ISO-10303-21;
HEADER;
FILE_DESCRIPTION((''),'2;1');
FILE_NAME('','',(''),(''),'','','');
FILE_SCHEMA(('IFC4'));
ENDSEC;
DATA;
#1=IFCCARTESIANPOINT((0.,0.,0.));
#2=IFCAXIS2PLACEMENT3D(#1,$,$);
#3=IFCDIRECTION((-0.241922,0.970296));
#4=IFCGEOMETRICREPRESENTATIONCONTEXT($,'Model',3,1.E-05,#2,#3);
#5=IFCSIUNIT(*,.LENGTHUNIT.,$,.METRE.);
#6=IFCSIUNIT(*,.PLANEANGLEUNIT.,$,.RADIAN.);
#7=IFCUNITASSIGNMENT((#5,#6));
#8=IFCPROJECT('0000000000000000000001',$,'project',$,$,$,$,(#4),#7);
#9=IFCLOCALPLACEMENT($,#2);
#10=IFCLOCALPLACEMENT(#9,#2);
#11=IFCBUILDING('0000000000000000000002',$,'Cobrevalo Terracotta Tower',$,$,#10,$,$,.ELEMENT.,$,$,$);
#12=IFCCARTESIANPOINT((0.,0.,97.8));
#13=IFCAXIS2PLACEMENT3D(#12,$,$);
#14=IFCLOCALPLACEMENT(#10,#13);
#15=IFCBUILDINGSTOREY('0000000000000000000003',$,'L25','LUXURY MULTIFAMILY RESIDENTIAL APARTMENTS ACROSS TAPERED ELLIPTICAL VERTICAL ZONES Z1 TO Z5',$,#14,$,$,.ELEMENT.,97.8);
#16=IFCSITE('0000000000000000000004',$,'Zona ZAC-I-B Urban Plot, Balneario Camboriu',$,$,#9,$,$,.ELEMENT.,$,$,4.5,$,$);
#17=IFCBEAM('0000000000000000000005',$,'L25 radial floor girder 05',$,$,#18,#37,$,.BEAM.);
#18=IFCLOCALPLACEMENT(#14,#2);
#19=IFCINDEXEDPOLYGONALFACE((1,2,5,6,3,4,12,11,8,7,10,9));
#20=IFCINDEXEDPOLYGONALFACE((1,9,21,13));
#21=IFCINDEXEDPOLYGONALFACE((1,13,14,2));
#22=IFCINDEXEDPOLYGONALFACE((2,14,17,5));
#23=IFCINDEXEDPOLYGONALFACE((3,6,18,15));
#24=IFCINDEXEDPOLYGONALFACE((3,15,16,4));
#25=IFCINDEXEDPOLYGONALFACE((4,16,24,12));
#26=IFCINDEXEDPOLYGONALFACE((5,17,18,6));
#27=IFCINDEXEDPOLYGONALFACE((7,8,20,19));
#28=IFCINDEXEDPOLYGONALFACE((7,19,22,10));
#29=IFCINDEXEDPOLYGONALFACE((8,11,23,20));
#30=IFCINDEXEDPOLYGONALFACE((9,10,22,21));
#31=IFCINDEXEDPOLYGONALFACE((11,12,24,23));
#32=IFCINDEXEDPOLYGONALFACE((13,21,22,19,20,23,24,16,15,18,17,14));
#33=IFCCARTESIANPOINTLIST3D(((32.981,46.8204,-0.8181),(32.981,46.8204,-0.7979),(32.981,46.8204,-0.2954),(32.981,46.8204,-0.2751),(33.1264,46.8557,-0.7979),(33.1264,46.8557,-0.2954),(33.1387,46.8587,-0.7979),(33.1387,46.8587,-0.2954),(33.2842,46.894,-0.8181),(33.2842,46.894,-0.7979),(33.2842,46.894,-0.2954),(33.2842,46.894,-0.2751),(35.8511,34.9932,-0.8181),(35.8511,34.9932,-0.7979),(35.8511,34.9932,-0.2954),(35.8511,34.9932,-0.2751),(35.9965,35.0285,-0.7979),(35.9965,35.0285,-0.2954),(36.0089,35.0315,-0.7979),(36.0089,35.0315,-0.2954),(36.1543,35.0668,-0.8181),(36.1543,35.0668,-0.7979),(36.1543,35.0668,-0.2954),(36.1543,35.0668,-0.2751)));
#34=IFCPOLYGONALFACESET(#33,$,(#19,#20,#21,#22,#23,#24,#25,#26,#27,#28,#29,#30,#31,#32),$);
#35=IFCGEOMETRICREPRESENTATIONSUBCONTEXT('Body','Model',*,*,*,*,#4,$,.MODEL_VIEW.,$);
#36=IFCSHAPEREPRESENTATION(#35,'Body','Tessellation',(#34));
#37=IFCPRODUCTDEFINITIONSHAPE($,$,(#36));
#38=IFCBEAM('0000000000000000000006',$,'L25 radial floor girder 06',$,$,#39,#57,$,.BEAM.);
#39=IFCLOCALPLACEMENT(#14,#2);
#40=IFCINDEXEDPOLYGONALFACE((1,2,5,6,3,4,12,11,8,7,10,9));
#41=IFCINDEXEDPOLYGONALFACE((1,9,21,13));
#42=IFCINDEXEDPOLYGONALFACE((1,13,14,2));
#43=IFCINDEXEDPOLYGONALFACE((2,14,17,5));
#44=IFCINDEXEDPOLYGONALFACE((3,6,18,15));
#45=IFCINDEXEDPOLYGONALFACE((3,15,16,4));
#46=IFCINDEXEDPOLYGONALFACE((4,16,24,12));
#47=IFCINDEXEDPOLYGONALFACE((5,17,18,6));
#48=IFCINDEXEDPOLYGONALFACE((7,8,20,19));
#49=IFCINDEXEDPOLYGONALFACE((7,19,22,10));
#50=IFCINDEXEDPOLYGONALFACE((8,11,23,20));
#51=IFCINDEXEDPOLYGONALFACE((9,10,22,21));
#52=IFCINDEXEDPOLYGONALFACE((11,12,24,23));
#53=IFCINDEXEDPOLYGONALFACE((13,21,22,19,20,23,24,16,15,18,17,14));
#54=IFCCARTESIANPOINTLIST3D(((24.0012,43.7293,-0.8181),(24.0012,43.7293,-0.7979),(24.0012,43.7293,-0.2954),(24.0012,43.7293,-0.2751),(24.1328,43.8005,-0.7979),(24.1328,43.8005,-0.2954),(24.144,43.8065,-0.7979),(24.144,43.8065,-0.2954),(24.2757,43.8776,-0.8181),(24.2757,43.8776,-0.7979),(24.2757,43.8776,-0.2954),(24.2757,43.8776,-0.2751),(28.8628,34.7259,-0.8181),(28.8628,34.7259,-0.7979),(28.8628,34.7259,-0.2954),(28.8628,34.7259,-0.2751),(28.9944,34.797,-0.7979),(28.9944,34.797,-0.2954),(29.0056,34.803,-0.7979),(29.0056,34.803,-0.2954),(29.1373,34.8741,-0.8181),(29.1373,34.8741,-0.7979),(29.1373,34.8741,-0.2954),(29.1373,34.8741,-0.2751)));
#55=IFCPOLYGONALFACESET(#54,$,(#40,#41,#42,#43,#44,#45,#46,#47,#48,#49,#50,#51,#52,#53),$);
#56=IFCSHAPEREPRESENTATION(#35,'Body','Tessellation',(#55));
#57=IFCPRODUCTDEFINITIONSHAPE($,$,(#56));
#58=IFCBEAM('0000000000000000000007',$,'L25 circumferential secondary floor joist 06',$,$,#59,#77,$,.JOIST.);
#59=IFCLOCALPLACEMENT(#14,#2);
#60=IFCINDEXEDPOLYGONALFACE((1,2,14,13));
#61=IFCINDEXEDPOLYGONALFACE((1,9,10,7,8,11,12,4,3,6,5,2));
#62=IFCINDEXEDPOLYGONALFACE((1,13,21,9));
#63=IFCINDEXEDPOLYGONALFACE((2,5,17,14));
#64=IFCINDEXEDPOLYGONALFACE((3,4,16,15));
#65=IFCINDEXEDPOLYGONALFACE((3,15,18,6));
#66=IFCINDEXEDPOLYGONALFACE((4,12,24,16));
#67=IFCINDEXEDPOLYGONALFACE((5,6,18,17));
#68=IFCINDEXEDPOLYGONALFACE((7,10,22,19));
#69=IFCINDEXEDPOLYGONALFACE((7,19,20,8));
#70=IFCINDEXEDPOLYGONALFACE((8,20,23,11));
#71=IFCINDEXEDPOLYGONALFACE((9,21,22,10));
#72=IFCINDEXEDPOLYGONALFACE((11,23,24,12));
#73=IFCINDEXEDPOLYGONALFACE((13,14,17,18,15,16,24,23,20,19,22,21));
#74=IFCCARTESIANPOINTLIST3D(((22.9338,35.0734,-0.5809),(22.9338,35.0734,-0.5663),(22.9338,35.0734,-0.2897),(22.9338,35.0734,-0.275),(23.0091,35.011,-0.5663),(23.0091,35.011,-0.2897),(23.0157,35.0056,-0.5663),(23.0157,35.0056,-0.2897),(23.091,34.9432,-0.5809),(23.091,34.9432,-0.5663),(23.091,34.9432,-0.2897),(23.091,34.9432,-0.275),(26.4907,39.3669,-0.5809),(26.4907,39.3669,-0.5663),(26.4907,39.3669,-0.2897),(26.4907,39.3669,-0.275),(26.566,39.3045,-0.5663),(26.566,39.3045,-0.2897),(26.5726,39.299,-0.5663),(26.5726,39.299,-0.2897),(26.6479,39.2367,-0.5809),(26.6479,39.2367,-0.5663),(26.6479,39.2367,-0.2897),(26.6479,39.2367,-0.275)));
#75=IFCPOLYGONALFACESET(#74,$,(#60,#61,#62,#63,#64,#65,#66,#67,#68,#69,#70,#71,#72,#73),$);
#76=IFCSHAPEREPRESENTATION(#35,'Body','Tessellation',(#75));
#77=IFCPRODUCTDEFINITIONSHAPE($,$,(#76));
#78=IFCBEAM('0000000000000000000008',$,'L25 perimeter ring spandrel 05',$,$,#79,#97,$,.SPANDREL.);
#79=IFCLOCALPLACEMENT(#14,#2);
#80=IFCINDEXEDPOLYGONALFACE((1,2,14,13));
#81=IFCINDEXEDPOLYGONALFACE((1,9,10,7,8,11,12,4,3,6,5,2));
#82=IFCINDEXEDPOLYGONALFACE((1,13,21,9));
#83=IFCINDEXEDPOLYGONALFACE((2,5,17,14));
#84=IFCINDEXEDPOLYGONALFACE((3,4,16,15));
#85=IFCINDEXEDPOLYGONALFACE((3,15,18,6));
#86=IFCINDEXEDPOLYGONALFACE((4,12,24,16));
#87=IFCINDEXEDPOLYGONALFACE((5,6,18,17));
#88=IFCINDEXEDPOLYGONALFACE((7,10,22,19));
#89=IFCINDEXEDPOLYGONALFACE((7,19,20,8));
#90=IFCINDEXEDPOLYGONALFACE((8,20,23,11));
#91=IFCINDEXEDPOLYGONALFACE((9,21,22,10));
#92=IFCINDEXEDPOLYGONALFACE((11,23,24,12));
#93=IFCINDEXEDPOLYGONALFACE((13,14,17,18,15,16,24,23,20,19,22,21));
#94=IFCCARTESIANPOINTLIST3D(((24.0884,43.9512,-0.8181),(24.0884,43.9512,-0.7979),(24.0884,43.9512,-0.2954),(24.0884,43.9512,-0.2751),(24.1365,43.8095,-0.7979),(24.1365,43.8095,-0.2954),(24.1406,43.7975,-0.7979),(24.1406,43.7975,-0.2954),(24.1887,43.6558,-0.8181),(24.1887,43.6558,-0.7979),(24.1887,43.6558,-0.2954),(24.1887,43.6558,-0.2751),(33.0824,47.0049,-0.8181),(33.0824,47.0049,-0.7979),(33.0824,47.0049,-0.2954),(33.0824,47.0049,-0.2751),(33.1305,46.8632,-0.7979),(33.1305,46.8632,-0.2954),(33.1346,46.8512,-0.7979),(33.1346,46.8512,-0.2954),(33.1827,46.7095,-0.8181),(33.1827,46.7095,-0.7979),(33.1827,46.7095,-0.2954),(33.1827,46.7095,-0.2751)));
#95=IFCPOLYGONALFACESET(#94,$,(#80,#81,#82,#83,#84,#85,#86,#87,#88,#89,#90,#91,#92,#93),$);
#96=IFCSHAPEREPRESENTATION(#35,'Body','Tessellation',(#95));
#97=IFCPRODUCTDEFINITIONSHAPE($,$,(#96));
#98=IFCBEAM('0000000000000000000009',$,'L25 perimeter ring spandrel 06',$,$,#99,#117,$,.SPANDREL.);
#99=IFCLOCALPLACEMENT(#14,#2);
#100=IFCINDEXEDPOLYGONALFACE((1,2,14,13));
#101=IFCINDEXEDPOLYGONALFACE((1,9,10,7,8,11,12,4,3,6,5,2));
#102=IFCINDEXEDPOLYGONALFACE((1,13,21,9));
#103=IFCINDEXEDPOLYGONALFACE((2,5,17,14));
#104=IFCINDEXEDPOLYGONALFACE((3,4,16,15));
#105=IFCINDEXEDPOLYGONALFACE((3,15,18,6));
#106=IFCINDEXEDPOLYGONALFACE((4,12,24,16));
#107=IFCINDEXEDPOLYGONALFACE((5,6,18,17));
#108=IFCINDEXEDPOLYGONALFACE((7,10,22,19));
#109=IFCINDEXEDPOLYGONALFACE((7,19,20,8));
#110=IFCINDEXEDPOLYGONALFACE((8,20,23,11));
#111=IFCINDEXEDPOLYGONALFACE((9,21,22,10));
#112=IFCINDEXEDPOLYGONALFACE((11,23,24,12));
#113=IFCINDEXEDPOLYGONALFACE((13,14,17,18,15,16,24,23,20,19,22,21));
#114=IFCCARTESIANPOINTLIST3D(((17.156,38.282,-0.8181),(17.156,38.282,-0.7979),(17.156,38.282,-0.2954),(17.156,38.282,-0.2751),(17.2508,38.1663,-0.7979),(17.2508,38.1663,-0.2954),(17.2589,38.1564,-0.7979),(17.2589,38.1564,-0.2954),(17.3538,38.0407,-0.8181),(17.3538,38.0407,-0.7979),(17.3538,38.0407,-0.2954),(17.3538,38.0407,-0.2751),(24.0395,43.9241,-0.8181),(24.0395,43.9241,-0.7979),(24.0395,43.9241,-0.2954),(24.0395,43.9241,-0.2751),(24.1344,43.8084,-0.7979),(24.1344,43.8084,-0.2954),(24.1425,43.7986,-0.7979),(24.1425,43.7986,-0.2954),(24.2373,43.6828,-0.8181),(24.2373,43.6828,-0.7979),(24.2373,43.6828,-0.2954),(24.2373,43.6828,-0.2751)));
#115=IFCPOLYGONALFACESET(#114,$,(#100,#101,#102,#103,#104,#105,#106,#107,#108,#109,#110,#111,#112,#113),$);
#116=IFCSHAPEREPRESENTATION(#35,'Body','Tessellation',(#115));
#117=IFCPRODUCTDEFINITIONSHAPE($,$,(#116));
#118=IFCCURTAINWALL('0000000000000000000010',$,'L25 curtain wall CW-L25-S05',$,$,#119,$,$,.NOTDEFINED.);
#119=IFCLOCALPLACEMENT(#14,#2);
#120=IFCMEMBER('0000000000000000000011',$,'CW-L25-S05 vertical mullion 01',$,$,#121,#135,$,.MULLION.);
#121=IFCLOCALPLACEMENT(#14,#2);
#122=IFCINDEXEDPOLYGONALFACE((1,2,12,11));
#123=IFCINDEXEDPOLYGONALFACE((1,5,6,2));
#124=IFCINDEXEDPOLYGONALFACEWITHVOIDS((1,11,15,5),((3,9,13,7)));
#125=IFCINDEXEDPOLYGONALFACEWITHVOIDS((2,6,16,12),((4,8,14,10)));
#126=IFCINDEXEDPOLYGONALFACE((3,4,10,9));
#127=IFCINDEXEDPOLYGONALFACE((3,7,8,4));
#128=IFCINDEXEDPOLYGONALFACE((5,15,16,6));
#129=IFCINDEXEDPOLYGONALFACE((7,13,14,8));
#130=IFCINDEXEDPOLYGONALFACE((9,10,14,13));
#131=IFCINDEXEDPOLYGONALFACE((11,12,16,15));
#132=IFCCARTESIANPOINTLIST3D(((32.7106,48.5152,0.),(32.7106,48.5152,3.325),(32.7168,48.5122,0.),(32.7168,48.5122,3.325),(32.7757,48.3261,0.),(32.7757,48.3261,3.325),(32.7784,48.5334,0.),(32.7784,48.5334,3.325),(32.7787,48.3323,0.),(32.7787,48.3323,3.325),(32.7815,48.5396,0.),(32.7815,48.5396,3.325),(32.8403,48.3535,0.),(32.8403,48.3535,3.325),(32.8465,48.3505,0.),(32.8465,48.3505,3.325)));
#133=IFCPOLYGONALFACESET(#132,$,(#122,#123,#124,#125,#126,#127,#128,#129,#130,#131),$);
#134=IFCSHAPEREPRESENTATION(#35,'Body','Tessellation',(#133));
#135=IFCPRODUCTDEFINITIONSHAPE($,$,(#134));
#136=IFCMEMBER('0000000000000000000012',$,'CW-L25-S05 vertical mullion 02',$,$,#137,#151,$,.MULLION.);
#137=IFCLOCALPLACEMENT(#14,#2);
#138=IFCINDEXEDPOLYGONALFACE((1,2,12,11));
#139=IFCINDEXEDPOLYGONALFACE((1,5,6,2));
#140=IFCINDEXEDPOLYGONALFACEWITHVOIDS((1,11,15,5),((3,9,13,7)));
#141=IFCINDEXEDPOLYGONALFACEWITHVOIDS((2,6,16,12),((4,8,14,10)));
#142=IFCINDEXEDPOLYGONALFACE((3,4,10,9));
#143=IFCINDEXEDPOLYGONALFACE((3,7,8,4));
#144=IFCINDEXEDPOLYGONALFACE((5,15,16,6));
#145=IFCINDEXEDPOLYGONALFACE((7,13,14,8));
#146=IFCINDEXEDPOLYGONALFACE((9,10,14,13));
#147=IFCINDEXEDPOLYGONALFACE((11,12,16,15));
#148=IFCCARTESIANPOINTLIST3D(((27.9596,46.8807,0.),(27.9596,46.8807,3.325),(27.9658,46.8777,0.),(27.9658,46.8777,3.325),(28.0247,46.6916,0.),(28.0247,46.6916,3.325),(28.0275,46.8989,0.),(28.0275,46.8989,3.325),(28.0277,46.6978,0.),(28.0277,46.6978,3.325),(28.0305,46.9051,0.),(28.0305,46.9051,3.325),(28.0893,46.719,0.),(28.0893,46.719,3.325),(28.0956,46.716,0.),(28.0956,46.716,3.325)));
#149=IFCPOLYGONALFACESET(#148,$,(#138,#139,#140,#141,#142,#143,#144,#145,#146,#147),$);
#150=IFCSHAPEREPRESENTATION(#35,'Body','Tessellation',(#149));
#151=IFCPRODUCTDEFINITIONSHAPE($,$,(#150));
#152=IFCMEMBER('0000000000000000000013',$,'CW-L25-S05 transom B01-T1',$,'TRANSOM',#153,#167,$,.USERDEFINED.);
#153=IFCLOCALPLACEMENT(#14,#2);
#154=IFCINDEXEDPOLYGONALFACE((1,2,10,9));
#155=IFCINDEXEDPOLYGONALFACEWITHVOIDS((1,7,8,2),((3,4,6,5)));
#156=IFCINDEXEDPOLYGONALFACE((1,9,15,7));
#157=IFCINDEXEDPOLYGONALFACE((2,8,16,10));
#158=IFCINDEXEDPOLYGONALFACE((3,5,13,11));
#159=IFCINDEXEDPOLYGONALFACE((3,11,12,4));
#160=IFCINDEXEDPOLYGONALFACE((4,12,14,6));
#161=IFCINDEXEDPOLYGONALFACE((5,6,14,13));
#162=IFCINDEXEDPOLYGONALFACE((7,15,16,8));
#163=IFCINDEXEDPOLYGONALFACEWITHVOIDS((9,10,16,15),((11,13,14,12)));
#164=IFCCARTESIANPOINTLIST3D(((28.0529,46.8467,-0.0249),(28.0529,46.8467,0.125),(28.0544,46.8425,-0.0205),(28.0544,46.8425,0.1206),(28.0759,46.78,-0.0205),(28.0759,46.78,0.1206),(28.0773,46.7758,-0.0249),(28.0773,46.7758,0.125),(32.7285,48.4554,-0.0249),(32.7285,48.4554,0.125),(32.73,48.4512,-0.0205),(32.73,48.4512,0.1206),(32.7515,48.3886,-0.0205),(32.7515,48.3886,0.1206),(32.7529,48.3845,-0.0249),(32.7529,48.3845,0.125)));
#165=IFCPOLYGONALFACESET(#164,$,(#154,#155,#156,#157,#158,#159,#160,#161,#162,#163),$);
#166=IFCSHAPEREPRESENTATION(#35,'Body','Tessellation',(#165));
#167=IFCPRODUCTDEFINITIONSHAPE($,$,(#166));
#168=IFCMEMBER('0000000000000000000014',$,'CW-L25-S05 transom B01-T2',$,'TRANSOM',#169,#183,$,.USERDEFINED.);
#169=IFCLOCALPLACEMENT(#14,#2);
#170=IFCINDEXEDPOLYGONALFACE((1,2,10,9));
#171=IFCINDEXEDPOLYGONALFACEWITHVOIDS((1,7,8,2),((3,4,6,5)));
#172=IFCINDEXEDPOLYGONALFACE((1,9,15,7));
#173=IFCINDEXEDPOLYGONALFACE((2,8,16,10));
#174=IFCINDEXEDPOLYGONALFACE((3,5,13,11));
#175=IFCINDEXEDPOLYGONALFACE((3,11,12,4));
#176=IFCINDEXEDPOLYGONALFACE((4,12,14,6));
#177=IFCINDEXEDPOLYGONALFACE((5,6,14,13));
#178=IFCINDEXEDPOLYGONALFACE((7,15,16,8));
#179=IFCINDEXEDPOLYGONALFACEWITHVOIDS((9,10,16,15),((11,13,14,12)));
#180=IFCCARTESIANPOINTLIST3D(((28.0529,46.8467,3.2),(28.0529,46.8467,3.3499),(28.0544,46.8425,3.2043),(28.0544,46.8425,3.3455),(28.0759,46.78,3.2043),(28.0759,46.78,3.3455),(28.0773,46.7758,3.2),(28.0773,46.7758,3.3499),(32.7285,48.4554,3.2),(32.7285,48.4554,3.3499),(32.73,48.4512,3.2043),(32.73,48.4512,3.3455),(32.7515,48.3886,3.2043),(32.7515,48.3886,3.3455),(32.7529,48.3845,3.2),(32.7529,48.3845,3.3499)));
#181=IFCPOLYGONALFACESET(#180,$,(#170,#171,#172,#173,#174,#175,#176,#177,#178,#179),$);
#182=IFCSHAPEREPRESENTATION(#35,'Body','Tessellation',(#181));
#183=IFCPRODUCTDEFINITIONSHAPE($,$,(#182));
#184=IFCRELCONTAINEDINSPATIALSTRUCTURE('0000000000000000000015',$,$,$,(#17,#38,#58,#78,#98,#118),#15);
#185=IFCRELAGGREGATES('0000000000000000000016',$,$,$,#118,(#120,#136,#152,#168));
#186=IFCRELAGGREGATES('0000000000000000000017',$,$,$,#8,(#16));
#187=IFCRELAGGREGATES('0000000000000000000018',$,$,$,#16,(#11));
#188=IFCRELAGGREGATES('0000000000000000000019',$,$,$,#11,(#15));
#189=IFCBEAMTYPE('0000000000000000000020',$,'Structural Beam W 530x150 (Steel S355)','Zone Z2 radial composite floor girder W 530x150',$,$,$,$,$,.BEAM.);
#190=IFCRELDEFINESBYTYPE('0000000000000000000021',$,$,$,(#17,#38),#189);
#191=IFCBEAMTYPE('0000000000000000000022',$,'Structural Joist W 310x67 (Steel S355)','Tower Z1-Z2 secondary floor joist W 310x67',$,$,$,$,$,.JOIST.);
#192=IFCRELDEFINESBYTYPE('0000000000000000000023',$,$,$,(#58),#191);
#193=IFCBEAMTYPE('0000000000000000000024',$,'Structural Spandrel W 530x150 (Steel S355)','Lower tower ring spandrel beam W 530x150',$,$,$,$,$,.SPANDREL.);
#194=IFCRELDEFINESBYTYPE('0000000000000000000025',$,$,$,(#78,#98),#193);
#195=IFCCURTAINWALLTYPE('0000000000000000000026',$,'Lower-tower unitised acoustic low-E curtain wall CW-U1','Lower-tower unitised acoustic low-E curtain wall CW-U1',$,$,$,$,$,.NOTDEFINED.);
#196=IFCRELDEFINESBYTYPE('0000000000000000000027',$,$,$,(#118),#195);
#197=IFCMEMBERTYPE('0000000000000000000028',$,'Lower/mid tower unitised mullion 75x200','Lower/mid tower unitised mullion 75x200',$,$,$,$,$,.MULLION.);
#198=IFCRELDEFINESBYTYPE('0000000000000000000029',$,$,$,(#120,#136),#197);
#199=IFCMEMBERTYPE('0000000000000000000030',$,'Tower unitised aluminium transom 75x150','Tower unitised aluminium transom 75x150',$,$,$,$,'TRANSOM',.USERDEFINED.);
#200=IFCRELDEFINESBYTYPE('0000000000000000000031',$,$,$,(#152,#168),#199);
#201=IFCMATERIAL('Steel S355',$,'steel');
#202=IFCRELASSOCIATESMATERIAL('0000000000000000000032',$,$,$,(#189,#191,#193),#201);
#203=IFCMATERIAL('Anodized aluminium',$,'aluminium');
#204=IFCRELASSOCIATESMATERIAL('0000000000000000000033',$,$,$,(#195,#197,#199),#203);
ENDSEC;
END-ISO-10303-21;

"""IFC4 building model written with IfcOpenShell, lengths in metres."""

from ifc_helpers import new_model, si_unit, direction, frame, origin, origin_2d, place, context, subcontext, project, spatial, hollow_rectangle, i_section, extrude, source, transform, mapped, material, material_profile, profile_set, type_object, element, aggregate, save


model = new_model("IFC4")

# Units and contexts
model_context = context("Model", 3, precision=1e-05, world=origin(), true_north=direction((-0.241922, 0.970296)))
body_context = subcontext(model_context, "Body", "Model", "MODEL_VIEW")
ifc_project = project(units=[si_unit("LENGTHUNIT", "METRE"), si_unit("PLANEANGLEUNIT", "RADIAN")], contexts=[model_context])

# Site, building, storey
site_placement = place(None, origin())
site = spatial("IfcSite", under=ifc_project, at=site_placement, Name="Zona ZAC-I-B Urban Plot, Balneario Camboriu", CompositionType="ELEMENT", RefElevation=4.5)
building_placement = place(site_placement, origin())
building = spatial("IfcBuilding", under=site, at=building_placement, Name="Cobrevalo Terracotta Tower", CompositionType="ELEMENT")
storey_placement = place(building_placement, frame((0.0, 0.0, 97.8)))
storey = spatial("IfcBuildingStorey", under=building, at=storey_placement, Name="L25", Description="LUXURY MULTIFAMILY RESIDENTIAL APARTMENTS ACROSS TAPERED ELLIPTICAL VERTICAL ZONES Z1 TO Z5", CompositionType="ELEMENT", Elevation=97.8)

# Shared definitions
ifc_material_1 = material(Name="Steel S355", Category="steel")

# Beams
ifc_material_profile_1 = material_profile(ifc_material_1, i_section(OverallWidth=0.312, OverallDepth=0.543, WebThickness=0.0127, FlangeThickness=0.0203, at=origin_2d()), Name="W 530x150")
ifc_profile_set_1 = profile_set([ifc_material_profile_1], Name="Steel S355")
beam_type_1 = type_object("IfcBeamType", Name="Structural Beam W 530x150 (Steel S355)", Description="Zone Z2 radial composite floor girder W 530x150", PredefinedType="BEAM", material=ifc_profile_set_1)
beam_1_placement = place(storey_placement, frame((33.1326, 46.8572, -0.5466), z_axis=(0.235827, -0.971795, 0.0), x_axis=(0.971795, 0.235827, 0.0)))
element("IfcBeam", 1, at=beam_1_placement, inside=storey, type_object=beam_type_1, Name="L25 radial floor girder 05", PredefinedType="BEAM", context=body_context, shape_type="SweptSolid", body=[
    extrude(i_section(OverallWidth=0.312, OverallDepth=0.543, WebThickness=0.0127, FlangeThickness=0.0203, at=origin_2d()), origin(), (0.0, 0.0, 1.0), 12.1704),
])
beam_2_placement = place(storey_placement, frame((24.1384, 43.8035, -0.5466), z_axis=(0.475128, -0.879917, 0.0), x_axis=(0.879917, 0.475128, 0.0)))
element("IfcBeam", 2, at=beam_2_placement, inside=storey, type_object=beam_type_1, Name="L25 radial floor girder 06", PredefinedType="BEAM", context=body_context, shape_type="SweptSolid", body=[
    extrude(i_section(OverallWidth=0.312, OverallDepth=0.543, WebThickness=0.0127, FlangeThickness=0.0203, at=origin_2d()), origin(), (0.0, 0.0, 1.0), 10.2322),
])
ifc_material_profile_2 = material_profile(ifc_material_1, i_section(OverallWidth=0.2041, OverallDepth=0.3059, WebThickness=0.0085, FlangeThickness=0.0146, at=origin_2d()), Name="W 310x67")
ifc_profile_set_2 = profile_set([ifc_material_profile_2], Name="Steel S355")
beam_type_2 = type_object("IfcBeamType", Name="Structural Joist W 310x67 (Steel S355)", Description="Tower Z1-Z2 secondary floor joist W 310x67", PredefinedType="JOIST", material=ifc_profile_set_2)
beam_3_placement = place(storey_placement, frame((26.5693, 39.3018, -0.428), z_axis=(-0.637959, -0.77007, 0.0), x_axis=(0.77007, -0.637959, 0.0)))
element("IfcBeam", 3, at=beam_3_placement, inside=storey, type_object=beam_type_2, Name="L25 circumferential secondary floor joist 06", PredefinedType="JOIST", context=body_context, shape_type="SweptSolid", body=[
    extrude(i_section(OverallWidth=0.2041, OverallDepth=0.3059, WebThickness=0.0085, FlangeThickness=0.0146, at=origin_2d()), origin(), (0.0, 0.0, 1.0), 5.5754),
])
ifc_material_profile_3 = material_profile(ifc_material_1, i_section(OverallWidth=0.312, OverallDepth=0.543, WebThickness=0.0127, FlangeThickness=0.0203, at=origin_2d()), Name="W 530x150")
ifc_profile_set_3 = profile_set([ifc_material_profile_3], Name="Steel S355")
beam_type_3 = type_object("IfcBeamType", Name="Structural Spandrel W 530x150 (Steel S355)", Description="Lower tower ring spandrel beam W 530x150", PredefinedType="SPANDREL", material=ifc_profile_set_3)
beam_4_placement = place(storey_placement, frame((33.1326, 46.8572, -0.5466), z_axis=(-0.946911, -0.321497, 0.0), x_axis=(0.321497, -0.946911, 0.0)))
element("IfcBeam", 4, at=beam_4_placement, inside=storey, type_object=beam_type_3, Name="L25 perimeter ring spandrel 05", PredefinedType="SPANDREL", context=body_context, shape_type="SweptSolid", body=[
    extrude(i_section(OverallWidth=0.312, OverallDepth=0.543, WebThickness=0.0127, FlangeThickness=0.0203, at=origin_2d()), origin(), (0.0, 0.0, 1.0), 9.4983),
])
beam_5_placement = place(storey_placement, frame((24.1384, 43.8035, -0.5466), z_axis=(-0.773401, -0.633917, 0.0), x_axis=(0.633917, -0.773401, 0.0)))
element("IfcBeam", 5, at=beam_5_placement, inside=storey, type_object=beam_type_3, Name="L25 perimeter ring spandrel 06", PredefinedType="SPANDREL", context=body_context, shape_type="SweptSolid", body=[
    extrude(i_section(OverallWidth=0.312, OverallDepth=0.543, WebThickness=0.0127, FlangeThickness=0.0203, at=origin_2d()), origin(), (0.0, 0.0, 1.0), 8.9004),
])

# Curtain wall, members
ifc_material_2 = material(Name="Anodized aluminium", Category="aluminium")
curtain_wall_type = type_object("IfcCurtainWallType", Name="Lower-tower unitised acoustic low-E curtain wall CW-U1", Description="Lower-tower unitised acoustic low-E curtain wall CW-U1", PredefinedType="NOTDEFINED", material=ifc_material_2)
curtain_wall_placement = place(storey_placement, origin())
curtain_wall = element("IfcCurtainWall", 6, at=curtain_wall_placement, inside=storey, type_object=curtain_wall_type, Name="L25 curtain wall CW-L25-S05", PredefinedType="NOTDEFINED")
ifc_material_profile_4 = material_profile(ifc_material_2, hollow_rectangle(XDim=0.075, YDim=0.2, WallThickness=0.0049, at=origin_2d()), Name="CWM 75x200")
ifc_profile_set_4 = profile_set([ifc_material_profile_4], Name="Anodized aluminium")
member_type_1 = type_object("IfcMemberType", Name="Lower/mid tower unitised mullion 75x200", Description="Lower/mid tower unitised mullion 75x200", PredefinedType="MULLION", material=ifc_profile_set_4)
shared_shape_1 = source(origin(), body_context, "Body", "SweptSolid", [
    extrude(hollow_rectangle(XDim=0.075, YDim=0.2, WallThickness=0.0049, at=origin_2d()), origin(), (0.0, 0.0, 1.0), 3.325),
])
member_1_placement = place(storey_placement, frame((32.7786, 48.4329, 0.0), z_axis=(0.0, 0.0, 1.0), x_axis=(-0.945598, -0.325337, 0.0)))
member_1 = element("IfcMember", 7, at=member_1_placement, type_object=member_type_1, Name="CW-L25-S05 vertical mullion 01", PredefinedType="MULLION", context=body_context, shape_type="MappedRepresentation", body=[
    mapped(shared_shape_1, transform((0.0, 0.0, 0.0), scale=1.0)),
])
member_2_placement = place(storey_placement, frame((28.0276, 46.7983, 0.0), z_axis=(0.0, 0.0, 1.0), x_axis=(-0.945598, -0.325337, 0.0)))
member_2 = element("IfcMember", 8, at=member_2_placement, type_object=member_type_1, Name="CW-L25-S05 vertical mullion 02", PredefinedType="MULLION", context=body_context, shape_type="MappedRepresentation", body=[
    mapped(shared_shape_1, transform((0.0, 0.0, 0.0), scale=1.0)),
])
ifc_material_profile_5 = material_profile(ifc_material_2, hollow_rectangle(XDim=0.075, YDim=0.1499, WallThickness=0.0044, at=origin_2d()), Name="CWT 75x150")
ifc_profile_set_5 = profile_set([ifc_material_profile_5], Name="Anodized aluminium")
member_type_2 = type_object("IfcMemberType", Name="Tower unitised aluminium transom 75x150", Description="Tower unitised aluminium transom 75x150", ElementType="TRANSOM", PredefinedType="USERDEFINED", material=ifc_profile_set_5)
shared_shape_2 = source(origin(), body_context, "Body", "SweptSolid", [
    extrude(hollow_rectangle(XDim=0.075, YDim=0.1499, WallThickness=0.0044, at=origin_2d()), origin(), (0.0, 0.0, 1.0), 4.9446),
])
member_3_placement = place(storey_placement, frame((32.7407, 48.4199, 0.05), z_axis=(-0.945598, -0.325338, 0.0), x_axis=(0.325338, -0.945598, 0.0)))
member_3 = element("IfcMember", 9, at=member_3_placement, type_object=member_type_2, Name="CW-L25-S05 transom B01-T1", ObjectType="TRANSOM", PredefinedType="USERDEFINED", context=body_context, shape_type="MappedRepresentation", body=[
    mapped(shared_shape_2, transform((0.0, 0.0, 0.0), scale=1.0)),
])
member_4_placement = place(storey_placement, frame((32.7407, 48.4199, 3.2749), z_axis=(-0.945598, -0.325338, 0.0), x_axis=(0.325338, -0.945598, 0.0)))
member_4 = element("IfcMember", 10, at=member_4_placement, type_object=member_type_2, Name="CW-L25-S05 transom B01-T2", ObjectType="TRANSOM", PredefinedType="USERDEFINED", context=body_context, shape_type="MappedRepresentation", body=[
    mapped(shared_shape_2, transform((0.0, 0.0, 0.0), scale=1.0)),
])
aggregate(curtain_wall, [member_1, member_2, member_3, member_4])

save(model, "model.ifc")
